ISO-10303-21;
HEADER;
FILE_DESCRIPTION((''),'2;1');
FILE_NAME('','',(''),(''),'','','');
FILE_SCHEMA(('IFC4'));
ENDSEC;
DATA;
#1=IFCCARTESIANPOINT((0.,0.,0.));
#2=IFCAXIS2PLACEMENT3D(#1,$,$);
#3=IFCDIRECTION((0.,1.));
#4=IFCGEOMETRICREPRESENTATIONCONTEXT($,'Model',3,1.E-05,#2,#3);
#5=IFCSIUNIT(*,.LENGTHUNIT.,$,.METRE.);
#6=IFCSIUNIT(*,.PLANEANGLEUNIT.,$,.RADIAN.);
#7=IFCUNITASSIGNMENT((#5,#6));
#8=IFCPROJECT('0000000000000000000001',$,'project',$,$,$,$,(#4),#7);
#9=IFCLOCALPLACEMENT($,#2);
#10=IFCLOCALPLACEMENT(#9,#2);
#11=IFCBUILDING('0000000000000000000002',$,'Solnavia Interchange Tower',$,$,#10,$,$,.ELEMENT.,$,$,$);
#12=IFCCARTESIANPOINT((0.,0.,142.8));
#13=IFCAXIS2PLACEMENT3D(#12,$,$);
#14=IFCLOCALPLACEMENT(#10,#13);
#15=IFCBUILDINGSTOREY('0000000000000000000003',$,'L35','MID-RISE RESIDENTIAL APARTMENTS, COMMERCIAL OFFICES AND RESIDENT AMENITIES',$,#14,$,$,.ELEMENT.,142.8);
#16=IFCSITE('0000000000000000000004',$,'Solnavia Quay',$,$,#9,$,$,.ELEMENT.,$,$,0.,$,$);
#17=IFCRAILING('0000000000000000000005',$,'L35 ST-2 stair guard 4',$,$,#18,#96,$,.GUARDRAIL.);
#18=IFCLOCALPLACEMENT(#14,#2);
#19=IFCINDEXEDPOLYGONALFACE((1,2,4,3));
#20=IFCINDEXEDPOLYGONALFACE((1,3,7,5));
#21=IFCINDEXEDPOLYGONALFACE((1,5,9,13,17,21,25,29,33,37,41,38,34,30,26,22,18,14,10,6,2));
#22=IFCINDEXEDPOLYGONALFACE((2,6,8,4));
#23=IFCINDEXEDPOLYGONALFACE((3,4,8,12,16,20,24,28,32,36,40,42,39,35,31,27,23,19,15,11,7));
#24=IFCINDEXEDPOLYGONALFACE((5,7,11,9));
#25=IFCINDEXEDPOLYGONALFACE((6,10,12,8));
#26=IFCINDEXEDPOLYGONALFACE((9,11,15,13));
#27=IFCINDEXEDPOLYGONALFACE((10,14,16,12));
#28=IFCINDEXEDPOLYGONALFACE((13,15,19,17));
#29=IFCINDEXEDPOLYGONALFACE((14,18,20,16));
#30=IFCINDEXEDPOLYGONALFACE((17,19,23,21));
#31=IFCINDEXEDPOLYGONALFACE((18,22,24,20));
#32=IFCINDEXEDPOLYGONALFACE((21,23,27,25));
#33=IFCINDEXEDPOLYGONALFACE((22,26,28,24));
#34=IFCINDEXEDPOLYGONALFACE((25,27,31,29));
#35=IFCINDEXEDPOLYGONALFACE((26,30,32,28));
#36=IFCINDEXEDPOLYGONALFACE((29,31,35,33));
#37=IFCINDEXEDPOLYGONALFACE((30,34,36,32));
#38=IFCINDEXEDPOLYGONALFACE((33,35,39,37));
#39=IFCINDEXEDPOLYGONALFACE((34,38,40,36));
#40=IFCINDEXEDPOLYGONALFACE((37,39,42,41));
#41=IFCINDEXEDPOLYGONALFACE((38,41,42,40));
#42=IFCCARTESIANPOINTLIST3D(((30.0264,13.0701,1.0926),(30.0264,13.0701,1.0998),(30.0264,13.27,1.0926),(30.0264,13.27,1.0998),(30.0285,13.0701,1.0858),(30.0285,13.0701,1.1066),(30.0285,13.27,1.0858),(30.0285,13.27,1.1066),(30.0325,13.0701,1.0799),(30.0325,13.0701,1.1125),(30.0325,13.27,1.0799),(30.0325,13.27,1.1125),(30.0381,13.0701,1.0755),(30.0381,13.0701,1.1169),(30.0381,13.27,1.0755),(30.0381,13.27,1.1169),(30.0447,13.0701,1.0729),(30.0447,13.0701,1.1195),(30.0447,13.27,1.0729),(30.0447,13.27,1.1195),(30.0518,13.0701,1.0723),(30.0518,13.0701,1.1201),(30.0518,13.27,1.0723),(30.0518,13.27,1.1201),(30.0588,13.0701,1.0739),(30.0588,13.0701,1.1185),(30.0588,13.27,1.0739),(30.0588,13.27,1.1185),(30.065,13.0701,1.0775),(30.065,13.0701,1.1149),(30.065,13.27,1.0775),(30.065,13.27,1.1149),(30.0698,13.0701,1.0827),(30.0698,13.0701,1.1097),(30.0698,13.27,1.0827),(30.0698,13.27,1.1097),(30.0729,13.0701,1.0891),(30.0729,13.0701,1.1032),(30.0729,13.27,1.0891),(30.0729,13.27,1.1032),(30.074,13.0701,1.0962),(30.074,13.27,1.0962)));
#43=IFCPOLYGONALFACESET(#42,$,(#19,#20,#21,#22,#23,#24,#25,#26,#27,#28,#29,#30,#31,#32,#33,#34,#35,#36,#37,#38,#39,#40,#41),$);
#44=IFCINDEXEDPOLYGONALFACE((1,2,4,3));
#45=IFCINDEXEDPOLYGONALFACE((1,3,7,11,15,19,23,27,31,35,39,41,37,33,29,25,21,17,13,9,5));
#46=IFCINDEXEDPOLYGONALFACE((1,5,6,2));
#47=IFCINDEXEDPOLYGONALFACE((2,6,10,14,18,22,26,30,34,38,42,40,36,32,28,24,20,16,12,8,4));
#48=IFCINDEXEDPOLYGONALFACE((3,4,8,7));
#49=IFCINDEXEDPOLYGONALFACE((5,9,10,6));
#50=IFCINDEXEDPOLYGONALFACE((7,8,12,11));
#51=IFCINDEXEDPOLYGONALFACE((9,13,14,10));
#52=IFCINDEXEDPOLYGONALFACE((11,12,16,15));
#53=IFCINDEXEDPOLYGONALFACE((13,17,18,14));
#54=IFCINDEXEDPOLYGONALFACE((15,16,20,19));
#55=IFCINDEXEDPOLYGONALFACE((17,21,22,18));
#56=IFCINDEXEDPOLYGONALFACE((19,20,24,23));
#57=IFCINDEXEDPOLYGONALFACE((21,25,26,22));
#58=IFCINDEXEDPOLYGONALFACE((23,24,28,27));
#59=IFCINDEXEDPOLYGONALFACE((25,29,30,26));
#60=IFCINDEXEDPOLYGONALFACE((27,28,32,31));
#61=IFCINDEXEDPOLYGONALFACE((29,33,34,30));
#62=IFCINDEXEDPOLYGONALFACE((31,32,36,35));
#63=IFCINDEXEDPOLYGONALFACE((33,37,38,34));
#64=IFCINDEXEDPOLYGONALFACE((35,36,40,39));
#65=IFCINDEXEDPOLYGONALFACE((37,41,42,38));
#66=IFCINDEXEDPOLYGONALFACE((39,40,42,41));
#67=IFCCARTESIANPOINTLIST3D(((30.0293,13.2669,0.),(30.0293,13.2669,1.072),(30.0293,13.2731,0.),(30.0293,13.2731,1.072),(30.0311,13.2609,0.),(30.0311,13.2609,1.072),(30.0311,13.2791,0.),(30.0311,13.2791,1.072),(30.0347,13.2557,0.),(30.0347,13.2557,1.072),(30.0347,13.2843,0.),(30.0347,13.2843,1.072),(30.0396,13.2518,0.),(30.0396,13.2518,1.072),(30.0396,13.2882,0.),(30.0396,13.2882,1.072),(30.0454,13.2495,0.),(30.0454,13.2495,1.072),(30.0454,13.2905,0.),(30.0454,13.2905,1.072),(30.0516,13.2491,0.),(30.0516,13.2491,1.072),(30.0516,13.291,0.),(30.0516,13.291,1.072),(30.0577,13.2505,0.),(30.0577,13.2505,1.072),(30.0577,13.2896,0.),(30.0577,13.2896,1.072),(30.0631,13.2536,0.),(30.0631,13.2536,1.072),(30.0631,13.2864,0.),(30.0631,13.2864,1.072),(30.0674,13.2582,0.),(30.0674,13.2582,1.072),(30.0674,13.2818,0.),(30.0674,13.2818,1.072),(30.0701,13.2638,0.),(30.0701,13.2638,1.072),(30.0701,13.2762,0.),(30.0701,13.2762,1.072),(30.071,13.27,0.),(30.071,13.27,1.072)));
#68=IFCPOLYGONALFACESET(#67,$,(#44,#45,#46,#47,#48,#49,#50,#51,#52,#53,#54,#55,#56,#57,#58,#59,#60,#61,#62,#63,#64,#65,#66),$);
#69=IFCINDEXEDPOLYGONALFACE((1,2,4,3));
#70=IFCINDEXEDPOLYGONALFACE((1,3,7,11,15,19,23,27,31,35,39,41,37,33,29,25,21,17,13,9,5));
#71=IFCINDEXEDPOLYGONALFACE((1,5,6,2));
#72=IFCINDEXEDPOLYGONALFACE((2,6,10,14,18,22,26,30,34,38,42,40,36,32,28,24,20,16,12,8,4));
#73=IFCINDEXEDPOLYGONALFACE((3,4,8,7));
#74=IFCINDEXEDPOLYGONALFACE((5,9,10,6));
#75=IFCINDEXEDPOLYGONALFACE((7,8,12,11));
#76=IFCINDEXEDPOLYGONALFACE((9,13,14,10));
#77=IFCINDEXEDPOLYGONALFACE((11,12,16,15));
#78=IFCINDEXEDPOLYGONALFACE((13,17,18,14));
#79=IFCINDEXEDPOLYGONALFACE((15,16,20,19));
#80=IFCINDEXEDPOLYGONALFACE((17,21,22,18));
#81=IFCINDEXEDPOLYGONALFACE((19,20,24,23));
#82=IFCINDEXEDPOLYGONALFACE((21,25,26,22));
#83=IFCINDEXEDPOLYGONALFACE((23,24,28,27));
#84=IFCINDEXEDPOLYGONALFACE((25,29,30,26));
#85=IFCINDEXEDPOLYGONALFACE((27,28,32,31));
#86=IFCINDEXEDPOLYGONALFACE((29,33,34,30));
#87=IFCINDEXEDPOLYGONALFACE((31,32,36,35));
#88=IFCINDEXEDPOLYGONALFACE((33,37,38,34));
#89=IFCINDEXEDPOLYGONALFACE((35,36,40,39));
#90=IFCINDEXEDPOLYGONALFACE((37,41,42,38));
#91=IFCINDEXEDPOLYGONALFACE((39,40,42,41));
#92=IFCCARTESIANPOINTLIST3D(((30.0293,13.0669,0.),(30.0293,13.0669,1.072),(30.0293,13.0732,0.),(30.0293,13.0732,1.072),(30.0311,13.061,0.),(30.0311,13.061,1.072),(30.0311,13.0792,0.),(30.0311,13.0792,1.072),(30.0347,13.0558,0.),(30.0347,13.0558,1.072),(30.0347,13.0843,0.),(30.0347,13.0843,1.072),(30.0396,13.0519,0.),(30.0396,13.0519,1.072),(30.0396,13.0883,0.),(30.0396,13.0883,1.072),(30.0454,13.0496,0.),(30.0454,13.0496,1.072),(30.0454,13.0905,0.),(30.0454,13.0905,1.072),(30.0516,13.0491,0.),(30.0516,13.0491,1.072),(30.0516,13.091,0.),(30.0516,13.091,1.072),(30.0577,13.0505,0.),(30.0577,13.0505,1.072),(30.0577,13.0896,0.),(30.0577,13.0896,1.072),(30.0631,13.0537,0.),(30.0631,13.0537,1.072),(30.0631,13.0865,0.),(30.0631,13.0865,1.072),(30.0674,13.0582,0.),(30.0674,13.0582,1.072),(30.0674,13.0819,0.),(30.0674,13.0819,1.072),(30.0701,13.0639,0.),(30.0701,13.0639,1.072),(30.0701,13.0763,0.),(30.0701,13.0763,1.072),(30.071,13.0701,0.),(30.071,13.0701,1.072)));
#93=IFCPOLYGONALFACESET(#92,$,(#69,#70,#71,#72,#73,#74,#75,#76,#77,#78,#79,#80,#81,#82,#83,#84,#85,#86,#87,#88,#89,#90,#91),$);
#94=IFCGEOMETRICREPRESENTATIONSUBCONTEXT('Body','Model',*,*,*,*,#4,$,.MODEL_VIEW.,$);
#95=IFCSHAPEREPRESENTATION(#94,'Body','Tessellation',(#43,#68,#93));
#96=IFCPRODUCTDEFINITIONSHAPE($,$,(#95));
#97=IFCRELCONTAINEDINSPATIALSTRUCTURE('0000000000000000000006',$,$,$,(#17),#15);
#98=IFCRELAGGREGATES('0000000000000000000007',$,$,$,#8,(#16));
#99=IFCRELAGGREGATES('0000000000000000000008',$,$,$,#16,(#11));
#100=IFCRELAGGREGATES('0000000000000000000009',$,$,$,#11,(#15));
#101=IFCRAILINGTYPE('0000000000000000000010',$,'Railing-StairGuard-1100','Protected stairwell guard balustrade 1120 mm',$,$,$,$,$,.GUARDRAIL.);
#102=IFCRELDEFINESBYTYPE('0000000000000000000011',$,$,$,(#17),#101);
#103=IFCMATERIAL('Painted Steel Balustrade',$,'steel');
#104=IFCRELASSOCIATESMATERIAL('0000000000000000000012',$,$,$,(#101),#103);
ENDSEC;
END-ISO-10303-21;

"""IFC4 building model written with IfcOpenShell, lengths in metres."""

from ifc_helpers import new_model, si_unit, direction, frame, origin, origin_2d, place, context, subcontext, project, spatial, circle, extrude, material, type_object, element, save


model = new_model("IFC4")

# Units and contexts
model_context = context("Model", 3, precision=1e-05, world=origin(), true_north=direction((0.0, 1.0)))
body_context = subcontext(model_context, "Body", "Model", "MODEL_VIEW")
ifc_project = project(units=[si_unit("LENGTHUNIT", "METRE"), si_unit("PLANEANGLEUNIT", "RADIAN")], contexts=[model_context])

# Site, building, storey
site_placement = place(None, origin())
site = spatial("IfcSite", under=ifc_project, at=site_placement, Name="Solnavia Quay", CompositionType="ELEMENT", RefElevation=0.0)
building_placement = place(site_placement, origin())
building = spatial("IfcBuilding", under=site, at=building_placement, Name="Solnavia Interchange Tower", CompositionType="ELEMENT")
storey_placement = place(building_placement, frame((0.0, 0.0, 142.8)))
storey = spatial("IfcBuildingStorey", under=building, at=storey_placement, Name="L35", Description="MID-RISE RESIDENTIAL APARTMENTS, COMMERCIAL OFFICES AND RESIDENT AMENITIES", CompositionType="ELEMENT", Elevation=142.8)

# Railing
ifc_material_1 = material(Name="Painted Steel Balustrade", Category="steel")
railing_type_1 = type_object("IfcRailingType", Name="Railing-StairGuard-1100", Description="Protected stairwell guard balustrade 1120 mm", PredefinedType="GUARDRAIL", material=ifc_material_1)
railing_1_placement = place(storey_placement, frame((30.05, 13.27, 0.0)))
element("IfcRailing", 1, at=railing_1_placement, inside=storey, type_object=railing_type_1, Name="L35 ST-2 stair guard 4", PredefinedType="GUARDRAIL", context=body_context, shape_type="SweptSolid", body=[
    extrude(circle(Radius=0.0239, at=origin_2d()), frame((0.0, 0.0, 1.0962), z_axis=(0.0, -1.0, 0.0), x_axis=(1.0, 0.0, 0.0)), (0.0, 0.0, 1.0), 0.2),
    extrude(circle(Radius=0.021, at=origin_2d()), origin(), (0.0, 0.0, 1.0), 1.072),
    extrude(circle(Radius=0.021, at=origin_2d()), frame((0.0, -0.2, 0.0)), (0.0, 0.0, 1.0), 1.072),
])

save(model, "model.ifc")
